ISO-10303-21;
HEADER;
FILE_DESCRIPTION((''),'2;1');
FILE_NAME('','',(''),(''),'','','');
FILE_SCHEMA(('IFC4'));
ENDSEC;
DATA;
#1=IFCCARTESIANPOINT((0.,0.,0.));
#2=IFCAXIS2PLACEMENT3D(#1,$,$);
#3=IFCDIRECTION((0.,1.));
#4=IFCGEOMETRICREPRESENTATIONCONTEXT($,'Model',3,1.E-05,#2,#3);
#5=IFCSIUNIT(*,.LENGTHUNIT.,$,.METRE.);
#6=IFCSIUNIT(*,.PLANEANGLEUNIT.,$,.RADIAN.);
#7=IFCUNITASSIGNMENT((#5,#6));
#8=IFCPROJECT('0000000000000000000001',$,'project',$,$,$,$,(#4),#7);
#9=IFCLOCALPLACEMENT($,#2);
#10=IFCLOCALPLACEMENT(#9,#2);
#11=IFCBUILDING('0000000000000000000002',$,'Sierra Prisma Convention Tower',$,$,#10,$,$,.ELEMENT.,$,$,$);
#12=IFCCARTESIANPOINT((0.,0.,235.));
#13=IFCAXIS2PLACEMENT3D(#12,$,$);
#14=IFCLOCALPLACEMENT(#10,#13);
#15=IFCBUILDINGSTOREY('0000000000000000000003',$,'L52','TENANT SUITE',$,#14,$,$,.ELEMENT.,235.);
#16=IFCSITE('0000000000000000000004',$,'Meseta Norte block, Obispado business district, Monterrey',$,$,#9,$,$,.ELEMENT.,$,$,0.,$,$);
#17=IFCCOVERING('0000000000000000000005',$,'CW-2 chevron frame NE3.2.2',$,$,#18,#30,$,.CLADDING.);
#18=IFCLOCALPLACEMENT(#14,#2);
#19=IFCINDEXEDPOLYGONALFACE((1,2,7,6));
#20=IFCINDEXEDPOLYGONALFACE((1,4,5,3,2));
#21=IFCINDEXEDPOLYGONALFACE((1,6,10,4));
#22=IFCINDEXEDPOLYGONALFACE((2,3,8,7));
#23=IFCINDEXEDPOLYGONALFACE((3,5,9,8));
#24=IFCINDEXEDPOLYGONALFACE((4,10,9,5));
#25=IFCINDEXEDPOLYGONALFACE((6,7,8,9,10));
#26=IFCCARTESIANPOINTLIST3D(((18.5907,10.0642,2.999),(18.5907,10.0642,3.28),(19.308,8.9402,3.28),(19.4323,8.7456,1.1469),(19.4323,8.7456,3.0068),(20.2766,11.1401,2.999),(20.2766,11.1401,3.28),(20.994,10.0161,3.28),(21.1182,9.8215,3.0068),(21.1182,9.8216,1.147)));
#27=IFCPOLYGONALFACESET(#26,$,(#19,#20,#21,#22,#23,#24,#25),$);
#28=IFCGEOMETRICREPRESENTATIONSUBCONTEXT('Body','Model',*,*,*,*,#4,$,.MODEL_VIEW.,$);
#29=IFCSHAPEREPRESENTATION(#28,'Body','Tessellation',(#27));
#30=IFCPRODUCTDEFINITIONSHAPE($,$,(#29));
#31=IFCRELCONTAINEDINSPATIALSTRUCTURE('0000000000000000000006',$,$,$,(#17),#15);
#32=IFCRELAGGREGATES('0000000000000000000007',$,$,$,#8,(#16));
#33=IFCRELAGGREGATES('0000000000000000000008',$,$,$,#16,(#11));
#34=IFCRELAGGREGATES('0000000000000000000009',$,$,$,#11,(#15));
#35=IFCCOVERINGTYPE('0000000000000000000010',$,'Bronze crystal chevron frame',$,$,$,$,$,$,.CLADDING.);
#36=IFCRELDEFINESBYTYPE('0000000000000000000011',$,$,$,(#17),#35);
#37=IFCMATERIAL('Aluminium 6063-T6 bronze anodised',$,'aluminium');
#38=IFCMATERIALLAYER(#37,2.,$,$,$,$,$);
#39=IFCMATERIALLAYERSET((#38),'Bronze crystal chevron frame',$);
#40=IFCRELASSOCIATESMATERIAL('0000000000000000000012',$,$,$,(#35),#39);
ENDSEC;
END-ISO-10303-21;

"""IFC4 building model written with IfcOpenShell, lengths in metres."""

from ifc_helpers import new_model, si_unit, direction, frame, origin, place, context, subcontext, project, spatial, polyline, outline, extrude, material, layer, layer_set, type_object, element, save


model = new_model("IFC4")

# Units and contexts
model_context = context("Model", 3, precision=1e-05, world=origin(), true_north=direction((0.0, 1.0)))
body_context = subcontext(model_context, "Body", "Model", "MODEL_VIEW")
ifc_project = project(units=[si_unit("LENGTHUNIT", "METRE"), si_unit("PLANEANGLEUNIT", "RADIAN")], contexts=[model_context])

# Site, building, storey
site_placement = place(None, origin())
site = spatial("IfcSite", under=ifc_project, at=site_placement, Name="Meseta Norte block, Obispado business district, Monterrey", CompositionType="ELEMENT", RefElevation=0.0)
building_placement = place(site_placement, origin())
building = spatial("IfcBuilding", under=site, at=building_placement, Name="Sierra Prisma Convention Tower", CompositionType="ELEMENT")
storey_placement = place(building_placement, frame((0.0, 0.0, 235.0)))
storey = spatial("IfcBuildingStorey", under=building, at=storey_placement, Name="L52", Description="TENANT SUITE", CompositionType="ELEMENT", Elevation=235.0)

# Covering
ifc_material_1 = material(Name="Aluminium 6063-T6 bronze anodised", Category="aluminium")
ifc_layer_1 = layer(ifc_material_1, 2.0)
ifc_layer_set_1 = layer_set([ifc_layer_1], Name="Bronze crystal chevron frame")
covering_type = type_object("IfcCoveringType", Name="Bronze crystal chevron frame", PredefinedType="CLADDING", material=ifc_layer_set_1)
covering_1_placement = place(storey_placement, frame((20.2766, 11.1401, 3.28), z_axis=(0.842957, 0.537982, 0.00003), x_axis=(0.537982, -0.842957, 0.0)))
element("IfcCovering", 1, at=covering_1_placement, inside=storey, type_object=covering_type, Name="CW-2 chevron frame NE3.2.2", PredefinedType="CLADDING", context=body_context, shape_type="SweptSolid", body=[
    extrude(outline(polyline([(0.0, 0.0), (1.3334, 0.0), (1.5643, 0.2732), (1.5643, 2.1331), (0.0, 0.281), (0.0, 0.0)])), origin(), (0.0, 0.0, -1.0), 2.0),
])

save(model, "model.ifc")
